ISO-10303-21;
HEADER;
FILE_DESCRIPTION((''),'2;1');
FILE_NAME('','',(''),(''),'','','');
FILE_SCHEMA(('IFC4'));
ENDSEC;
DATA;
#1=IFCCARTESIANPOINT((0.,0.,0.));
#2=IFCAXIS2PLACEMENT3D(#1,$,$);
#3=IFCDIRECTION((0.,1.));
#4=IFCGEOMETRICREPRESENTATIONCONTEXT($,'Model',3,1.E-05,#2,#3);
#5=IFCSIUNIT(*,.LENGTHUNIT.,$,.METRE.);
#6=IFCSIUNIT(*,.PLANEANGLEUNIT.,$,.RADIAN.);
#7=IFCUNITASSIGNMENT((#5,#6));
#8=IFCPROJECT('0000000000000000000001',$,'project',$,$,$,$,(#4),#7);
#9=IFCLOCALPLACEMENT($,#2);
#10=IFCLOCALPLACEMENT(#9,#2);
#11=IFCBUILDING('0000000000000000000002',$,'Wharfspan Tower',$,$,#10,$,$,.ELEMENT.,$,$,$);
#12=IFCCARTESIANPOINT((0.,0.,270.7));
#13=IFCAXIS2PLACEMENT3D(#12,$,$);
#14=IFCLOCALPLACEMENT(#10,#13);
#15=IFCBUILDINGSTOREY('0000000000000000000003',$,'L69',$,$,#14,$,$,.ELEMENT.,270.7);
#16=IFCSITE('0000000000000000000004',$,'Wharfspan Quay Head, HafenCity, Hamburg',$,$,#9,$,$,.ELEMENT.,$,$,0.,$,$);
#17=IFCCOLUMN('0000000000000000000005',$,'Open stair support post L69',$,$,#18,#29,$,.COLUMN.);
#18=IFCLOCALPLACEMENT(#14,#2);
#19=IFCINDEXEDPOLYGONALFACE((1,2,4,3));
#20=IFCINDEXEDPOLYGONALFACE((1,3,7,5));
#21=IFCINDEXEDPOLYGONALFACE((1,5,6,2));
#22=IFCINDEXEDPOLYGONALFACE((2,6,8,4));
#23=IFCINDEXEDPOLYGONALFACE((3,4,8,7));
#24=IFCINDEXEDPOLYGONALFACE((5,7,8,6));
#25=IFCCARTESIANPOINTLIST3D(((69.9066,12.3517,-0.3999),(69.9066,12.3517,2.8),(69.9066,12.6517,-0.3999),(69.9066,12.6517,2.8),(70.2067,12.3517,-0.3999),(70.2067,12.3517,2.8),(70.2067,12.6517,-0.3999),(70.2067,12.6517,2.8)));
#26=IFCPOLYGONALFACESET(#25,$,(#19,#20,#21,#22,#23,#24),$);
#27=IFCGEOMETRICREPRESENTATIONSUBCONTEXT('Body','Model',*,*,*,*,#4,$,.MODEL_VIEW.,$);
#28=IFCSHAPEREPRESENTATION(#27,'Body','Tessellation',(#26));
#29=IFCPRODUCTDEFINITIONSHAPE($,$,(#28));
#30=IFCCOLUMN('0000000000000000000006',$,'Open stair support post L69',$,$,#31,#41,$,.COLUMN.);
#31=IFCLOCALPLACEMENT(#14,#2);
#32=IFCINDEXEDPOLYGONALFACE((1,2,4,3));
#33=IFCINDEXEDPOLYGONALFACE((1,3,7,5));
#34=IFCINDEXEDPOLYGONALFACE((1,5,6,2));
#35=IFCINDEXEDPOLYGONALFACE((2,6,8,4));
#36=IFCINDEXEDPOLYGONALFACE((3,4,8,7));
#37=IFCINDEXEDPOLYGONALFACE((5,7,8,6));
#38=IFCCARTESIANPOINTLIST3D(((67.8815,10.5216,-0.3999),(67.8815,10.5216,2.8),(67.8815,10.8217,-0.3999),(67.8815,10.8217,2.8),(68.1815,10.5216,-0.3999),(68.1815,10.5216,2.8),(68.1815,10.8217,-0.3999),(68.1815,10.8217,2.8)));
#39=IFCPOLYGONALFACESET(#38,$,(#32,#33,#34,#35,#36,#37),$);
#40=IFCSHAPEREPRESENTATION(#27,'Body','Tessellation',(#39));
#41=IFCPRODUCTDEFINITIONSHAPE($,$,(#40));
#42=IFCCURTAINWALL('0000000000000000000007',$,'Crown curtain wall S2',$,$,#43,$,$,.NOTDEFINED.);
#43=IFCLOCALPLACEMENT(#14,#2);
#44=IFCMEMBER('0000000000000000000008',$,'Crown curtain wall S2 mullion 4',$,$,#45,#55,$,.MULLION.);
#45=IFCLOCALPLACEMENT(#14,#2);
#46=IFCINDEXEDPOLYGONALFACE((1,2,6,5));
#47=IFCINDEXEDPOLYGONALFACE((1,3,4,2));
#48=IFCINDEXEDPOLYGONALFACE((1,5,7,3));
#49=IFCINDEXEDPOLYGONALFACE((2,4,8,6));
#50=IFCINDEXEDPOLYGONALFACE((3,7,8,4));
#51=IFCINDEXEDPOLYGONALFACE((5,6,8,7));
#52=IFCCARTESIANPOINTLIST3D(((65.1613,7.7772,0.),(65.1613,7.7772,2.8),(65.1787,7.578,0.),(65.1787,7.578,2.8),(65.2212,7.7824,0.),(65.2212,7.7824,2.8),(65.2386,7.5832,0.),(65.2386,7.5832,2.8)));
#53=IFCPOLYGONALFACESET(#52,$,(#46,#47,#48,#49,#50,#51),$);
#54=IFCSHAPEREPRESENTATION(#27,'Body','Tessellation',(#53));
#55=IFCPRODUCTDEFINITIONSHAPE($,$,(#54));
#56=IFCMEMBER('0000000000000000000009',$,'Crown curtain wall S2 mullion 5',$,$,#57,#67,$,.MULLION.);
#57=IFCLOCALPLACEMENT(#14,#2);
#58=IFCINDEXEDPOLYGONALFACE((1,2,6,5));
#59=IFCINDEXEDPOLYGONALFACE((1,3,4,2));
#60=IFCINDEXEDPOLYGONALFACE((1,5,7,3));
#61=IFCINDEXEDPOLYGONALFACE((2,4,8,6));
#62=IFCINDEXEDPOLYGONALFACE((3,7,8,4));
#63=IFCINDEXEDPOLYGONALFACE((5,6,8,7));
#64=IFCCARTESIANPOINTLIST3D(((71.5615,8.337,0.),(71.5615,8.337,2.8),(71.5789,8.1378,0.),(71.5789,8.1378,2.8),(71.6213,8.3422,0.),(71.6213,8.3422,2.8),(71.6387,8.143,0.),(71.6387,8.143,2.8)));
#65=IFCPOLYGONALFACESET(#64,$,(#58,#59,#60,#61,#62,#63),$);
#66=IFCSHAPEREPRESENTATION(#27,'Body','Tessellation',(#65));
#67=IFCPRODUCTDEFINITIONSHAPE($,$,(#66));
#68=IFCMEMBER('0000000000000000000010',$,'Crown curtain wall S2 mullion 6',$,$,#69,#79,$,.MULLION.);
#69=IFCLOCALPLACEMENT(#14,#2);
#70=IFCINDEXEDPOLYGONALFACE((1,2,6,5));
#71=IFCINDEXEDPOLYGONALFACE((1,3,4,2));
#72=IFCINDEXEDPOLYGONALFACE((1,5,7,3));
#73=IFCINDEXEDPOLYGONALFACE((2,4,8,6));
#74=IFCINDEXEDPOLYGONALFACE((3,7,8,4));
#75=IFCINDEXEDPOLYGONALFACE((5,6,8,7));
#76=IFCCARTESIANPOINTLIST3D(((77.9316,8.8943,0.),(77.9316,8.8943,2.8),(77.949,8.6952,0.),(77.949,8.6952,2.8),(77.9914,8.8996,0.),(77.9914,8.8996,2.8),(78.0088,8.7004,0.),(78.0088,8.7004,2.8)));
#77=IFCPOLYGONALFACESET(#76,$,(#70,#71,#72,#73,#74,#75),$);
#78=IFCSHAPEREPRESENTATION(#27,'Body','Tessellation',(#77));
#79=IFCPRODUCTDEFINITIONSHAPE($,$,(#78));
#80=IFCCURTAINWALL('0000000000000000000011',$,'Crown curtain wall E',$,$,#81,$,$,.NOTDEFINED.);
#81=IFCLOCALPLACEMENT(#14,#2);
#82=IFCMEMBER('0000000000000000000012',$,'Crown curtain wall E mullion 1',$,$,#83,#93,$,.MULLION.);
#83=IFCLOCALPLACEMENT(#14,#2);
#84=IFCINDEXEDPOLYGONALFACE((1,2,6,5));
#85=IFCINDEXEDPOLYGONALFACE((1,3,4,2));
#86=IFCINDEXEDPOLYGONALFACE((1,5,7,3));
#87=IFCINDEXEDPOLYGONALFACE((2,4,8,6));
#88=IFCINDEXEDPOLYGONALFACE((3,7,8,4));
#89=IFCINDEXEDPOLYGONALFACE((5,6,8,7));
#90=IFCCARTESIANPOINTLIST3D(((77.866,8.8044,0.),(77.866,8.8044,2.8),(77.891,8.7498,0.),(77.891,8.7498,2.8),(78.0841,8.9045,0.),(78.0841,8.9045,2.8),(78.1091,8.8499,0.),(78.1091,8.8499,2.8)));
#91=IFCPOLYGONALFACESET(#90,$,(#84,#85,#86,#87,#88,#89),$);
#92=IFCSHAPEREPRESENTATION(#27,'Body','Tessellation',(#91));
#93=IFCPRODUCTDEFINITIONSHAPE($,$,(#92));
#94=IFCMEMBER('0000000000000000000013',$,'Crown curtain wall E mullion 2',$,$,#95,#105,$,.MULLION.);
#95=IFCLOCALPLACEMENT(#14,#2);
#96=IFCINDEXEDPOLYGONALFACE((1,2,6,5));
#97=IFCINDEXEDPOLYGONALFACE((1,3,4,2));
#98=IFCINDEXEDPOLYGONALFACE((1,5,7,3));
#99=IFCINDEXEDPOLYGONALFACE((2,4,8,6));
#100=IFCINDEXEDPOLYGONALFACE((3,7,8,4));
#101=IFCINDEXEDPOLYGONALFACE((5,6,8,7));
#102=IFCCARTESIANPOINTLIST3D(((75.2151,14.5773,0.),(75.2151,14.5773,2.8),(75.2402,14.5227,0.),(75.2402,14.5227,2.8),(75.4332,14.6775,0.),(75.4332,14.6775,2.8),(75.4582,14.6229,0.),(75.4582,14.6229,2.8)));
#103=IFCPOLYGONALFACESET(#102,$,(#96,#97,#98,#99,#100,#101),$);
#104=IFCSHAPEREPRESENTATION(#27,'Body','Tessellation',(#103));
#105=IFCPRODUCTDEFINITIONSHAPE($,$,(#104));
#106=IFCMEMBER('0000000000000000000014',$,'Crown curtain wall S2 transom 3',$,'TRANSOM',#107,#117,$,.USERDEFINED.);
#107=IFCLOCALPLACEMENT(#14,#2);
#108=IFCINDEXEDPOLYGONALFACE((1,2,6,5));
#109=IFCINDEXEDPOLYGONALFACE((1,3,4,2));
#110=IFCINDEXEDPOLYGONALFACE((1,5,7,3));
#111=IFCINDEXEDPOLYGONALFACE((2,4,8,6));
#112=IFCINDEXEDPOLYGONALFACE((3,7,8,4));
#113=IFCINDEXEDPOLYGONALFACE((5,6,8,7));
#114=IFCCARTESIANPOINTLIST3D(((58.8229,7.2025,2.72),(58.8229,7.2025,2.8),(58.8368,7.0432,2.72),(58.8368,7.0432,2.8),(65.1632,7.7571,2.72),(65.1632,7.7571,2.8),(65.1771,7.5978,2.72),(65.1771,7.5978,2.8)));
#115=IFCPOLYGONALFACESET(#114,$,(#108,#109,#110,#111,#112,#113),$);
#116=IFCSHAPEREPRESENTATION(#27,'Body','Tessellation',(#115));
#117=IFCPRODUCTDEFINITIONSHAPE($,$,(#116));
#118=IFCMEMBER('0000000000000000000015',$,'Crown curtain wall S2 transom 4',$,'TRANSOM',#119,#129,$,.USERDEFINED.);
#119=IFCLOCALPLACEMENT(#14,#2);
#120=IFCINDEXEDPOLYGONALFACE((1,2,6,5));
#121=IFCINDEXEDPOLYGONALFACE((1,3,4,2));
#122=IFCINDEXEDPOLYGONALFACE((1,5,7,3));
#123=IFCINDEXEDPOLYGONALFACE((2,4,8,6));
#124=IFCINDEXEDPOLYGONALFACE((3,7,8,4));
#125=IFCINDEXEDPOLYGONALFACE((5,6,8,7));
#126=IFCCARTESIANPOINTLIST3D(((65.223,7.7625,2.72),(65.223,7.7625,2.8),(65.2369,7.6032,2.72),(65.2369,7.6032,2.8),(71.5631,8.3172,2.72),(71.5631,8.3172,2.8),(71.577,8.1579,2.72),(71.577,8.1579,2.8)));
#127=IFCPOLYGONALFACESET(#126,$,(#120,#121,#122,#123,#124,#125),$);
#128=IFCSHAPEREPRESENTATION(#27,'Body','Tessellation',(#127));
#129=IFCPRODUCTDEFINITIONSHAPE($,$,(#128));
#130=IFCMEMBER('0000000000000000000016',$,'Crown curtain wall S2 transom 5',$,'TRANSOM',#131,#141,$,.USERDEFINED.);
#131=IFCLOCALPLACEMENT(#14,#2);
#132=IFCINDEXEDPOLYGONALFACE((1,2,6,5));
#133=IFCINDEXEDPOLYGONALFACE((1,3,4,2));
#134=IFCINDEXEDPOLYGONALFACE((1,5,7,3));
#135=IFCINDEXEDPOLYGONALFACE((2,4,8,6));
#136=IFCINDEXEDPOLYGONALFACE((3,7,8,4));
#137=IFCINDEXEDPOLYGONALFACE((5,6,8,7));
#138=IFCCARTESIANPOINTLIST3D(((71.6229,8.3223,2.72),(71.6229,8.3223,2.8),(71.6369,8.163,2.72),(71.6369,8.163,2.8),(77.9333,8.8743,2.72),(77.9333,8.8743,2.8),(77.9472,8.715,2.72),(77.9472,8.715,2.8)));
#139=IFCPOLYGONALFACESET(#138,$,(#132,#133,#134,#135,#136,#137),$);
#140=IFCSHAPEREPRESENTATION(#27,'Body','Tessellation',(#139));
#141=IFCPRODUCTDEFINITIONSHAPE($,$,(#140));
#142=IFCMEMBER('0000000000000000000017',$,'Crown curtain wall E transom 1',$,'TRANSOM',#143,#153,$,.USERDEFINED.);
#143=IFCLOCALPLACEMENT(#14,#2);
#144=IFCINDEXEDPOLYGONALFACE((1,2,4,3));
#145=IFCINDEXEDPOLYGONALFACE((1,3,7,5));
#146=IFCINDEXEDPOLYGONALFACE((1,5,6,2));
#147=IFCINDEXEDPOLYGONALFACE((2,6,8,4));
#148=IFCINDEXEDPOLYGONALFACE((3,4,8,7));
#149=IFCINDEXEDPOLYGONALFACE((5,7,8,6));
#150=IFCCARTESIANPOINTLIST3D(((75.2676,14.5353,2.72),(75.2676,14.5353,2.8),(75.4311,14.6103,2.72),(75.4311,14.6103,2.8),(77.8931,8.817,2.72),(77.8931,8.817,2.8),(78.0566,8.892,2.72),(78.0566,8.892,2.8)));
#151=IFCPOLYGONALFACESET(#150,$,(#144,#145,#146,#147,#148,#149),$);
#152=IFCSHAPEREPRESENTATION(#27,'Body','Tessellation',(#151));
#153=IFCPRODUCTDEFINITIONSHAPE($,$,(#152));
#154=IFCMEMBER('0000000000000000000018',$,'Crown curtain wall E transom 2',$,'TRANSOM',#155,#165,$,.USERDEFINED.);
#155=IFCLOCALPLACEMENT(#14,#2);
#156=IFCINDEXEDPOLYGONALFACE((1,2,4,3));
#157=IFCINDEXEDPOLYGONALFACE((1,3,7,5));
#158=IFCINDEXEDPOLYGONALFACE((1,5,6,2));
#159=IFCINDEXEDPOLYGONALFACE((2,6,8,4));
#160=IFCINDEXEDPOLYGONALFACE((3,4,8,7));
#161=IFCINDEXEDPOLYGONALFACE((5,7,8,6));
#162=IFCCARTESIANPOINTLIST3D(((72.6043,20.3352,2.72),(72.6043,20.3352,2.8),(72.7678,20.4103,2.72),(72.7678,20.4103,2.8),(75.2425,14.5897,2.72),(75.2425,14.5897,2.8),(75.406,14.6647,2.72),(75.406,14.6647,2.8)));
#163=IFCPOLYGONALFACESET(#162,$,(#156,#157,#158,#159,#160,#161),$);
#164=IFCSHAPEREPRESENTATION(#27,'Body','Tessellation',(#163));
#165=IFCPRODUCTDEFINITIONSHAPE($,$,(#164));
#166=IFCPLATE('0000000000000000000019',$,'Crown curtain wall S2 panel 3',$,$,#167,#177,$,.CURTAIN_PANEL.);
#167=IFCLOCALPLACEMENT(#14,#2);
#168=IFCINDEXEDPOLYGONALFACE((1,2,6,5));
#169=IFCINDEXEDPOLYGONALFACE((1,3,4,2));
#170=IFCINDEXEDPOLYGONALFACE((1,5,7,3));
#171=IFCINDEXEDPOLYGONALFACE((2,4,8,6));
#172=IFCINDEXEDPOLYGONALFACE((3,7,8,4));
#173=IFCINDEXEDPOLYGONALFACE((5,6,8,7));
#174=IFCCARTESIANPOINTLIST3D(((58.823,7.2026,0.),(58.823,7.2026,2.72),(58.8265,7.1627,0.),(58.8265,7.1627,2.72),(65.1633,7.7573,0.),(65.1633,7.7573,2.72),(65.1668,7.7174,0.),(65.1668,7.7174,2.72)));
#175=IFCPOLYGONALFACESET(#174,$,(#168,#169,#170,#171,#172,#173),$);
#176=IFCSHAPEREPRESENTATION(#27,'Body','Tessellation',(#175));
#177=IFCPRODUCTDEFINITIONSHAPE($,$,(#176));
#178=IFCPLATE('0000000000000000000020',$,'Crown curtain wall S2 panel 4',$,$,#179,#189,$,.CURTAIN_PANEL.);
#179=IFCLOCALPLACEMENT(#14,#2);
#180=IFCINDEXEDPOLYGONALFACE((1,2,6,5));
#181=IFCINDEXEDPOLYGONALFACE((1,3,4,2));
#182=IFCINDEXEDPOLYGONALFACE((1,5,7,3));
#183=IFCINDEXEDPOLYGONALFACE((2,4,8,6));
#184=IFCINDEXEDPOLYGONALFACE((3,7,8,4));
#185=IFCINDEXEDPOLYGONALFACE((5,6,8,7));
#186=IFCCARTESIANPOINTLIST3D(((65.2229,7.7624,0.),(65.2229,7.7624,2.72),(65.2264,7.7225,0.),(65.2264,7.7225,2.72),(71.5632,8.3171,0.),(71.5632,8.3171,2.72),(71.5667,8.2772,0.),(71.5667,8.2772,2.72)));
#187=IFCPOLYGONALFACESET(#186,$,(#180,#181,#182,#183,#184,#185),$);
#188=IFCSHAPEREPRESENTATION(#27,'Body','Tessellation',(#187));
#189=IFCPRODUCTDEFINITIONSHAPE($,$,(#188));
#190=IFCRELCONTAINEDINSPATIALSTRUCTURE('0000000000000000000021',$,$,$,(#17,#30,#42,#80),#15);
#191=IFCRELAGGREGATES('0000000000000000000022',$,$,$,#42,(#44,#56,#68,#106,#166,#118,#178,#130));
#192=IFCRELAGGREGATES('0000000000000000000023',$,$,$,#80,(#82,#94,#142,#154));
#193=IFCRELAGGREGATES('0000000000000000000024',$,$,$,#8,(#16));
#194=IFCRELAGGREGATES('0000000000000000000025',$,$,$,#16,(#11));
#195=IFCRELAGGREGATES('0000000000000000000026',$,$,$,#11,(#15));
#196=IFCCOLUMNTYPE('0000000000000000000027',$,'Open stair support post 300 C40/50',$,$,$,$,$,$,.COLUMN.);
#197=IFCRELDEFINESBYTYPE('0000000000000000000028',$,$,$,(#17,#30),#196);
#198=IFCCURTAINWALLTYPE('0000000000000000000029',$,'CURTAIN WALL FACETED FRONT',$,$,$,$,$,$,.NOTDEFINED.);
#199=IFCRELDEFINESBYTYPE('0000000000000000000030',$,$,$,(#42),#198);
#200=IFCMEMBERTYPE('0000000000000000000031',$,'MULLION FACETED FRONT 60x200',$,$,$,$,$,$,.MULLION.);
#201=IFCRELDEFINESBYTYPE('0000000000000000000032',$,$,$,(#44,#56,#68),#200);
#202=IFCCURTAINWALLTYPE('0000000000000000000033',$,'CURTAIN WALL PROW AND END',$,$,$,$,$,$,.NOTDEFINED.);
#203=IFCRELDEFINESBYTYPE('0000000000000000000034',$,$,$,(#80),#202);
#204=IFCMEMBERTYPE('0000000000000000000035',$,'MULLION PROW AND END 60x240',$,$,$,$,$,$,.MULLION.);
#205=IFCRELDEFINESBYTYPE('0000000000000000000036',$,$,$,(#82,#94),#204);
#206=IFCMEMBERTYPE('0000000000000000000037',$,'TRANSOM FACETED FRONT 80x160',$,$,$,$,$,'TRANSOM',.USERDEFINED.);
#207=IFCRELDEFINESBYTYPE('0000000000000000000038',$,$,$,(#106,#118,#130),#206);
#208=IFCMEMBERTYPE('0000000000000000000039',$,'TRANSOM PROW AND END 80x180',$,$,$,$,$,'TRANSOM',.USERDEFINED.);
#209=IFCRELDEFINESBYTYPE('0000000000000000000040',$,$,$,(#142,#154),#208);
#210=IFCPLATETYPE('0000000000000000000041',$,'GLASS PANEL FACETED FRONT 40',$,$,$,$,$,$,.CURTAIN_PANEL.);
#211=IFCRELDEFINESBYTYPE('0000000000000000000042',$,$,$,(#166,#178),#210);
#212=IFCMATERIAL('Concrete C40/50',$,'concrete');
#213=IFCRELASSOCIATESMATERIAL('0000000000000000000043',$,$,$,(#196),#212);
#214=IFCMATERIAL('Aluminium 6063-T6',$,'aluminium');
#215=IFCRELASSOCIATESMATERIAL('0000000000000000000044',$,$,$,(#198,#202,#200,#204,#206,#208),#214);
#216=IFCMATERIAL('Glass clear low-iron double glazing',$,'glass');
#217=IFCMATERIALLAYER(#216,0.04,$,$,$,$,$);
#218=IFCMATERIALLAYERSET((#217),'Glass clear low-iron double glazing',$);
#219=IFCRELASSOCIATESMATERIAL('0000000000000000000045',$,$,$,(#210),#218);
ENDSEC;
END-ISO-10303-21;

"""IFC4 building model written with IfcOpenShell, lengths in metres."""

from ifc_helpers import new_model, si_unit, direction, frame, origin, origin_2d, place, context, subcontext, project, spatial, rectangle, extrude, material, layer, layer_set, material_profile, profile_set, type_object, element, aggregate, save


model = new_model("IFC4")

# Units and contexts
model_context = context("Model", 3, precision=1e-05, world=origin(), true_north=direction((0.0, 1.0)))
body_context = subcontext(model_context, "Body", "Model", "MODEL_VIEW")
ifc_project = project(units=[si_unit("LENGTHUNIT", "METRE"), si_unit("PLANEANGLEUNIT", "RADIAN")], contexts=[model_context])

# Site, building, storey
site_placement = place(None, origin())
site = spatial("IfcSite", under=ifc_project, at=site_placement, Name="Wharfspan Quay Head, HafenCity, Hamburg", CompositionType="ELEMENT", RefElevation=0.0)
building_placement = place(site_placement, origin())
building = spatial("IfcBuilding", under=site, at=building_placement, Name="Wharfspan Tower", CompositionType="ELEMENT")
storey_placement = place(building_placement, frame((0.0, 0.0, 270.7)))
storey = spatial("IfcBuildingStorey", under=building, at=storey_placement, Name="L69", CompositionType="ELEMENT", Elevation=270.7)

# Columns
ifc_material_1 = material(Name="Concrete C40/50", Category="concrete")
ifc_material_profile_1 = material_profile(ifc_material_1, rectangle(XDim=0.3, YDim=0.3, at=origin_2d()))
ifc_profile_set_1 = profile_set([ifc_material_profile_1], Name="Concrete C40/50")
column_type_1 = type_object("IfcColumnType", Name="Open stair support post 300 C40/50", PredefinedType="COLUMN", material=ifc_profile_set_1)
for number, where, z_axis, x_axis, name in (
    (1, (70.0566, 12.5017, -0.3999), (0.0, 0.0, 1.0), (1.0, 0.0, 0.0), "Open stair support post L69"),
    (2, (68.0315, 10.6716, -0.3999), (0.0, 0.0, 1.0), (1.0, 0.0, 0.0), "Open stair support post L69"),
):
    element("IfcColumn", number, at=place(storey_placement, frame(where, z_axis=z_axis, x_axis=x_axis)), inside=storey, type_object=column_type_1, Name=name, PredefinedType="COLUMN", context=body_context, shape_type="SweptSolid", body=[
        extrude(rectangle(XDim=0.3, YDim=0.3, at=origin_2d()), origin(), (0.0, 0.0, 1.0), 3.2),
    ])

# Curtain walls, members
ifc_material_2 = material(Name="Aluminium 6063-T6", Category="aluminium")
curtain_wall_type_1 = type_object("IfcCurtainWallType", Name="CURTAIN WALL FACETED FRONT", PredefinedType="NOTDEFINED", material=ifc_material_2)
curtain_wall_1_placement = place(storey_placement, origin())
curtain_wall_1 = element("IfcCurtainWall", 3, at=curtain_wall_1_placement, inside=storey, type_object=curtain_wall_type_1, Name="Crown curtain wall S2", PredefinedType="NOTDEFINED")
ifc_material_profile_2 = material_profile(ifc_material_2, rectangle(XDim=0.2, YDim=0.0601, at=origin_2d()))
ifc_profile_set_2 = profile_set([ifc_material_profile_2], Name="Aluminium 6063-T6")
member_type_1 = type_object("IfcMemberType", Name="MULLION FACETED FRONT 60x200", PredefinedType="MULLION", material=ifc_profile_set_2)
member_1_placement = place(storey_placement, frame((65.2, 7.6802, 0.0), z_axis=(0.0, 0.0, 1.0), x_axis=(-0.087156, 0.996198, 0.0)))
member_1 = element("IfcMember", 4, at=member_1_placement, type_object=member_type_1, Name="Crown curtain wall S2 mullion 4", PredefinedType="MULLION", context=body_context, shape_type="SweptSolid", body=[
    extrude(rectangle(XDim=0.2, YDim=0.0601, at=origin_2d()), origin(), (0.0, 0.0, 1.0), 2.8),
])
member_2_placement = place(storey_placement, frame((71.6001, 8.24, 0.0), z_axis=(0.0, 0.0, 1.0), x_axis=(-0.087156, 0.996198, 0.0)))
member_2 = element("IfcMember", 5, at=member_2_placement, type_object=member_type_1, Name="Crown curtain wall S2 mullion 5", PredefinedType="MULLION", context=body_context, shape_type="SweptSolid", body=[
    extrude(rectangle(XDim=0.2, YDim=0.0601, at=origin_2d()), origin(), (0.0, 0.0, 1.0), 2.8),
])
member_3_placement = place(storey_placement, frame((77.9702, 8.7974, 0.0), z_axis=(0.0, 0.0, 1.0), x_axis=(-0.087156, 0.996198, 0.0)))
member_3 = element("IfcMember", 6, at=member_3_placement, type_object=member_type_1, Name="Crown curtain wall S2 mullion 6", PredefinedType="MULLION", context=body_context, shape_type="SweptSolid", body=[
    extrude(rectangle(XDim=0.2, YDim=0.0601, at=origin_2d()), origin(), (0.0, 0.0, 1.0), 2.8),
])
curtain_wall_type_2 = type_object("IfcCurtainWallType", Name="CURTAIN WALL PROW AND END", PredefinedType="NOTDEFINED", material=ifc_material_2)
curtain_wall_2_placement = place(storey_placement, origin())
curtain_wall_2 = element("IfcCurtainWall", 7, at=curtain_wall_2_placement, inside=storey, type_object=curtain_wall_type_2, Name="Crown curtain wall E", PredefinedType="NOTDEFINED")
ifc_material_profile_3 = material_profile(ifc_material_2, rectangle(XDim=0.24, YDim=0.0601, at=origin_2d()))
ifc_profile_set_3 = profile_set([ifc_material_profile_3], Name="Aluminium 6063-T6")
member_type_2 = type_object("IfcMemberType", Name="MULLION PROW AND END 60x240", PredefinedType="MULLION", material=ifc_profile_set_3)
member_4_placement = place(storey_placement, frame((77.9875, 8.8271, 0.0), z_axis=(0.0, 0.0, 1.0), x_axis=(-0.908769, -0.417292, 0.0)))
member_4 = element("IfcMember", 8, at=member_4_placement, type_object=member_type_2, Name="Crown curtain wall E mullion 1", PredefinedType="MULLION", context=body_context, shape_type="SweptSolid", body=[
    extrude(rectangle(XDim=0.24, YDim=0.0601, at=origin_2d()), origin(), (0.0, 0.0, 1.0), 2.8),
])
member_5_placement = place(storey_placement, frame((75.3367, 14.6001, 0.0), z_axis=(0.0, 0.0, 1.0), x_axis=(-0.908769, -0.417292, 0.0)))
member_5 = element("IfcMember", 9, at=member_5_placement, type_object=member_type_2, Name="Crown curtain wall E mullion 2", PredefinedType="MULLION", context=body_context, shape_type="SweptSolid", body=[
    extrude(rectangle(XDim=0.24, YDim=0.0601, at=origin_2d()), origin(), (0.0, 0.0, 1.0), 2.8),
])

# Members
ifc_material_profile_4 = material_profile(ifc_material_2, rectangle(XDim=0.1599, YDim=0.0801, at=origin_2d()))
ifc_profile_set_4 = profile_set([ifc_material_profile_4], Name="Aluminium 6063-T6")
member_type_3 = type_object("IfcMemberType", Name="TRANSOM FACETED FRONT 80x160", ElementType="TRANSOM", PredefinedType="USERDEFINED", material=ifc_profile_set_4)
member_6_placement = place(storey_placement, frame((58.8298, 7.1228, 2.76), z_axis=(0.996195, 0.087153, 0.0), x_axis=(-0.087153, 0.996195, 0.0)))
member_6 = element("IfcMember", 10, at=member_6_placement, type_object=member_type_3, Name="Crown curtain wall S2 transom 3", ObjectType="TRANSOM", PredefinedType="USERDEFINED", context=body_context, shape_type="SweptSolid", body=[
    extrude(rectangle(XDim=0.1599, YDim=0.0801, at=origin_2d()), origin(), (0.0, 0.0, 1.0), 6.3645),
])
member_7_placement = place(storey_placement, frame((65.23, 7.6829, 2.76), z_axis=(0.996195, 0.087156, 0.0), x_axis=(-0.087156, 0.996195, 0.0)))
member_7 = element("IfcMember", 11, at=member_7_placement, type_object=member_type_3, Name="Crown curtain wall S2 transom 4", ObjectType="TRANSOM", PredefinedType="USERDEFINED", context=body_context, shape_type="SweptSolid", body=[
    extrude(rectangle(XDim=0.1599, YDim=0.0801, at=origin_2d()), origin(), (0.0, 0.0, 1.0), 6.3643),
])
member_8_placement = place(storey_placement, frame((71.6299, 8.2427, 2.76), z_axis=(0.996196, 0.087144, 0.0), x_axis=(-0.087144, 0.996196, 0.0)))
member_8 = element("IfcMember", 12, at=member_8_placement, type_object=member_type_3, Name="Crown curtain wall S2 transom 5", ObjectType="TRANSOM", PredefinedType="USERDEFINED", context=body_context, shape_type="SweptSolid", body=[
    extrude(rectangle(XDim=0.1599, YDim=0.0801, at=origin_2d()), origin(), (0.0, 0.0, 1.0), 6.3345),
])
ifc_material_profile_5 = material_profile(ifc_material_2, rectangle(XDim=0.1799, YDim=0.0801, at=origin_2d()))
ifc_profile_set_5 = profile_set([ifc_material_profile_5], Name="Aluminium 6063-T6")
member_type_4 = type_object("IfcMemberType", Name="TRANSOM PROW AND END 80x180", ElementType="TRANSOM", PredefinedType="USERDEFINED", material=ifc_profile_set_5)
member_9_placement = place(storey_placement, frame((77.9749, 8.8545, 2.76), z_axis=(-0.417261, 0.908787, 0.0), x_axis=(-0.908787, -0.417261, 0.0)))
member_9 = element("IfcMember", 13, at=member_9_placement, type_object=member_type_4, Name="Crown curtain wall E transom 1", ObjectType="TRANSOM", PredefinedType="USERDEFINED", context=body_context, shape_type="SweptSolid", body=[
    extrude(rectangle(XDim=0.1799, YDim=0.0801, at=origin_2d()), origin(), (0.0, 0.0, 1.0), 6.2922),
])
member_10_placement = place(storey_placement, frame((75.3242, 14.6272, 2.76), z_axis=(-0.41728, 0.908778, 0.0), x_axis=(-0.908778, -0.41728, 0.0)))
member_10 = element("IfcMember", 14, at=member_10_placement, type_object=member_type_4, Name="Crown curtain wall E transom 2", ObjectType="TRANSOM", PredefinedType="USERDEFINED", context=body_context, shape_type="SweptSolid", body=[
    extrude(rectangle(XDim=0.1799, YDim=0.0801, at=origin_2d()), origin(), (0.0, 0.0, 1.0), 6.3223),
])

# Plates
ifc_material_3 = material(Name="Glass clear low-iron double glazing", Category="glass")
ifc_layer_1 = layer(ifc_material_3, 0.04)
ifc_layer_set_1 = layer_set([ifc_layer_1], Name="Glass clear low-iron double glazing")
plate_type_1 = type_object("IfcPlateType", Name="GLASS PANEL FACETED FRONT 40", PredefinedType="CURTAIN_PANEL", material=ifc_layer_set_1)
plate_1_placement = place(storey_placement, frame((61.9949, 7.46, 0.0), z_axis=(0.0, 0.0, 1.0), x_axis=(0.996198, 0.087156, 0.0)))
plate_1 = element("IfcPlate", 15, at=plate_1_placement, type_object=plate_type_1, Name="Crown curtain wall S2 panel 3", PredefinedType="CURTAIN_PANEL", context=body_context, shape_type="SweptSolid", body=[
    extrude(rectangle(XDim=6.3645, YDim=0.04, at=origin_2d()), origin(), (0.0, 0.0, 1.0), 2.72),
])
plate_2_placement = place(storey_placement, frame((68.3948, 8.0198, 0.0), z_axis=(0.0, 0.0, 1.0), x_axis=(0.996198, 0.087156, 0.0)))
plate_2 = element("IfcPlate", 16, at=plate_2_placement, type_object=plate_type_1, Name="Crown curtain wall S2 panel 4", PredefinedType="CURTAIN_PANEL", context=body_context, shape_type="SweptSolid", body=[
    extrude(rectangle(XDim=6.3645, YDim=0.04, at=origin_2d()), origin(), (0.0, 0.0, 1.0), 2.72),
])
aggregate(curtain_wall_1, [member_1, member_2, member_3, member_6, plate_1, member_7, plate_2, member_8])
aggregate(curtain_wall_2, [member_4, member_5, member_9, member_10])

save(model, "model.ifc")
